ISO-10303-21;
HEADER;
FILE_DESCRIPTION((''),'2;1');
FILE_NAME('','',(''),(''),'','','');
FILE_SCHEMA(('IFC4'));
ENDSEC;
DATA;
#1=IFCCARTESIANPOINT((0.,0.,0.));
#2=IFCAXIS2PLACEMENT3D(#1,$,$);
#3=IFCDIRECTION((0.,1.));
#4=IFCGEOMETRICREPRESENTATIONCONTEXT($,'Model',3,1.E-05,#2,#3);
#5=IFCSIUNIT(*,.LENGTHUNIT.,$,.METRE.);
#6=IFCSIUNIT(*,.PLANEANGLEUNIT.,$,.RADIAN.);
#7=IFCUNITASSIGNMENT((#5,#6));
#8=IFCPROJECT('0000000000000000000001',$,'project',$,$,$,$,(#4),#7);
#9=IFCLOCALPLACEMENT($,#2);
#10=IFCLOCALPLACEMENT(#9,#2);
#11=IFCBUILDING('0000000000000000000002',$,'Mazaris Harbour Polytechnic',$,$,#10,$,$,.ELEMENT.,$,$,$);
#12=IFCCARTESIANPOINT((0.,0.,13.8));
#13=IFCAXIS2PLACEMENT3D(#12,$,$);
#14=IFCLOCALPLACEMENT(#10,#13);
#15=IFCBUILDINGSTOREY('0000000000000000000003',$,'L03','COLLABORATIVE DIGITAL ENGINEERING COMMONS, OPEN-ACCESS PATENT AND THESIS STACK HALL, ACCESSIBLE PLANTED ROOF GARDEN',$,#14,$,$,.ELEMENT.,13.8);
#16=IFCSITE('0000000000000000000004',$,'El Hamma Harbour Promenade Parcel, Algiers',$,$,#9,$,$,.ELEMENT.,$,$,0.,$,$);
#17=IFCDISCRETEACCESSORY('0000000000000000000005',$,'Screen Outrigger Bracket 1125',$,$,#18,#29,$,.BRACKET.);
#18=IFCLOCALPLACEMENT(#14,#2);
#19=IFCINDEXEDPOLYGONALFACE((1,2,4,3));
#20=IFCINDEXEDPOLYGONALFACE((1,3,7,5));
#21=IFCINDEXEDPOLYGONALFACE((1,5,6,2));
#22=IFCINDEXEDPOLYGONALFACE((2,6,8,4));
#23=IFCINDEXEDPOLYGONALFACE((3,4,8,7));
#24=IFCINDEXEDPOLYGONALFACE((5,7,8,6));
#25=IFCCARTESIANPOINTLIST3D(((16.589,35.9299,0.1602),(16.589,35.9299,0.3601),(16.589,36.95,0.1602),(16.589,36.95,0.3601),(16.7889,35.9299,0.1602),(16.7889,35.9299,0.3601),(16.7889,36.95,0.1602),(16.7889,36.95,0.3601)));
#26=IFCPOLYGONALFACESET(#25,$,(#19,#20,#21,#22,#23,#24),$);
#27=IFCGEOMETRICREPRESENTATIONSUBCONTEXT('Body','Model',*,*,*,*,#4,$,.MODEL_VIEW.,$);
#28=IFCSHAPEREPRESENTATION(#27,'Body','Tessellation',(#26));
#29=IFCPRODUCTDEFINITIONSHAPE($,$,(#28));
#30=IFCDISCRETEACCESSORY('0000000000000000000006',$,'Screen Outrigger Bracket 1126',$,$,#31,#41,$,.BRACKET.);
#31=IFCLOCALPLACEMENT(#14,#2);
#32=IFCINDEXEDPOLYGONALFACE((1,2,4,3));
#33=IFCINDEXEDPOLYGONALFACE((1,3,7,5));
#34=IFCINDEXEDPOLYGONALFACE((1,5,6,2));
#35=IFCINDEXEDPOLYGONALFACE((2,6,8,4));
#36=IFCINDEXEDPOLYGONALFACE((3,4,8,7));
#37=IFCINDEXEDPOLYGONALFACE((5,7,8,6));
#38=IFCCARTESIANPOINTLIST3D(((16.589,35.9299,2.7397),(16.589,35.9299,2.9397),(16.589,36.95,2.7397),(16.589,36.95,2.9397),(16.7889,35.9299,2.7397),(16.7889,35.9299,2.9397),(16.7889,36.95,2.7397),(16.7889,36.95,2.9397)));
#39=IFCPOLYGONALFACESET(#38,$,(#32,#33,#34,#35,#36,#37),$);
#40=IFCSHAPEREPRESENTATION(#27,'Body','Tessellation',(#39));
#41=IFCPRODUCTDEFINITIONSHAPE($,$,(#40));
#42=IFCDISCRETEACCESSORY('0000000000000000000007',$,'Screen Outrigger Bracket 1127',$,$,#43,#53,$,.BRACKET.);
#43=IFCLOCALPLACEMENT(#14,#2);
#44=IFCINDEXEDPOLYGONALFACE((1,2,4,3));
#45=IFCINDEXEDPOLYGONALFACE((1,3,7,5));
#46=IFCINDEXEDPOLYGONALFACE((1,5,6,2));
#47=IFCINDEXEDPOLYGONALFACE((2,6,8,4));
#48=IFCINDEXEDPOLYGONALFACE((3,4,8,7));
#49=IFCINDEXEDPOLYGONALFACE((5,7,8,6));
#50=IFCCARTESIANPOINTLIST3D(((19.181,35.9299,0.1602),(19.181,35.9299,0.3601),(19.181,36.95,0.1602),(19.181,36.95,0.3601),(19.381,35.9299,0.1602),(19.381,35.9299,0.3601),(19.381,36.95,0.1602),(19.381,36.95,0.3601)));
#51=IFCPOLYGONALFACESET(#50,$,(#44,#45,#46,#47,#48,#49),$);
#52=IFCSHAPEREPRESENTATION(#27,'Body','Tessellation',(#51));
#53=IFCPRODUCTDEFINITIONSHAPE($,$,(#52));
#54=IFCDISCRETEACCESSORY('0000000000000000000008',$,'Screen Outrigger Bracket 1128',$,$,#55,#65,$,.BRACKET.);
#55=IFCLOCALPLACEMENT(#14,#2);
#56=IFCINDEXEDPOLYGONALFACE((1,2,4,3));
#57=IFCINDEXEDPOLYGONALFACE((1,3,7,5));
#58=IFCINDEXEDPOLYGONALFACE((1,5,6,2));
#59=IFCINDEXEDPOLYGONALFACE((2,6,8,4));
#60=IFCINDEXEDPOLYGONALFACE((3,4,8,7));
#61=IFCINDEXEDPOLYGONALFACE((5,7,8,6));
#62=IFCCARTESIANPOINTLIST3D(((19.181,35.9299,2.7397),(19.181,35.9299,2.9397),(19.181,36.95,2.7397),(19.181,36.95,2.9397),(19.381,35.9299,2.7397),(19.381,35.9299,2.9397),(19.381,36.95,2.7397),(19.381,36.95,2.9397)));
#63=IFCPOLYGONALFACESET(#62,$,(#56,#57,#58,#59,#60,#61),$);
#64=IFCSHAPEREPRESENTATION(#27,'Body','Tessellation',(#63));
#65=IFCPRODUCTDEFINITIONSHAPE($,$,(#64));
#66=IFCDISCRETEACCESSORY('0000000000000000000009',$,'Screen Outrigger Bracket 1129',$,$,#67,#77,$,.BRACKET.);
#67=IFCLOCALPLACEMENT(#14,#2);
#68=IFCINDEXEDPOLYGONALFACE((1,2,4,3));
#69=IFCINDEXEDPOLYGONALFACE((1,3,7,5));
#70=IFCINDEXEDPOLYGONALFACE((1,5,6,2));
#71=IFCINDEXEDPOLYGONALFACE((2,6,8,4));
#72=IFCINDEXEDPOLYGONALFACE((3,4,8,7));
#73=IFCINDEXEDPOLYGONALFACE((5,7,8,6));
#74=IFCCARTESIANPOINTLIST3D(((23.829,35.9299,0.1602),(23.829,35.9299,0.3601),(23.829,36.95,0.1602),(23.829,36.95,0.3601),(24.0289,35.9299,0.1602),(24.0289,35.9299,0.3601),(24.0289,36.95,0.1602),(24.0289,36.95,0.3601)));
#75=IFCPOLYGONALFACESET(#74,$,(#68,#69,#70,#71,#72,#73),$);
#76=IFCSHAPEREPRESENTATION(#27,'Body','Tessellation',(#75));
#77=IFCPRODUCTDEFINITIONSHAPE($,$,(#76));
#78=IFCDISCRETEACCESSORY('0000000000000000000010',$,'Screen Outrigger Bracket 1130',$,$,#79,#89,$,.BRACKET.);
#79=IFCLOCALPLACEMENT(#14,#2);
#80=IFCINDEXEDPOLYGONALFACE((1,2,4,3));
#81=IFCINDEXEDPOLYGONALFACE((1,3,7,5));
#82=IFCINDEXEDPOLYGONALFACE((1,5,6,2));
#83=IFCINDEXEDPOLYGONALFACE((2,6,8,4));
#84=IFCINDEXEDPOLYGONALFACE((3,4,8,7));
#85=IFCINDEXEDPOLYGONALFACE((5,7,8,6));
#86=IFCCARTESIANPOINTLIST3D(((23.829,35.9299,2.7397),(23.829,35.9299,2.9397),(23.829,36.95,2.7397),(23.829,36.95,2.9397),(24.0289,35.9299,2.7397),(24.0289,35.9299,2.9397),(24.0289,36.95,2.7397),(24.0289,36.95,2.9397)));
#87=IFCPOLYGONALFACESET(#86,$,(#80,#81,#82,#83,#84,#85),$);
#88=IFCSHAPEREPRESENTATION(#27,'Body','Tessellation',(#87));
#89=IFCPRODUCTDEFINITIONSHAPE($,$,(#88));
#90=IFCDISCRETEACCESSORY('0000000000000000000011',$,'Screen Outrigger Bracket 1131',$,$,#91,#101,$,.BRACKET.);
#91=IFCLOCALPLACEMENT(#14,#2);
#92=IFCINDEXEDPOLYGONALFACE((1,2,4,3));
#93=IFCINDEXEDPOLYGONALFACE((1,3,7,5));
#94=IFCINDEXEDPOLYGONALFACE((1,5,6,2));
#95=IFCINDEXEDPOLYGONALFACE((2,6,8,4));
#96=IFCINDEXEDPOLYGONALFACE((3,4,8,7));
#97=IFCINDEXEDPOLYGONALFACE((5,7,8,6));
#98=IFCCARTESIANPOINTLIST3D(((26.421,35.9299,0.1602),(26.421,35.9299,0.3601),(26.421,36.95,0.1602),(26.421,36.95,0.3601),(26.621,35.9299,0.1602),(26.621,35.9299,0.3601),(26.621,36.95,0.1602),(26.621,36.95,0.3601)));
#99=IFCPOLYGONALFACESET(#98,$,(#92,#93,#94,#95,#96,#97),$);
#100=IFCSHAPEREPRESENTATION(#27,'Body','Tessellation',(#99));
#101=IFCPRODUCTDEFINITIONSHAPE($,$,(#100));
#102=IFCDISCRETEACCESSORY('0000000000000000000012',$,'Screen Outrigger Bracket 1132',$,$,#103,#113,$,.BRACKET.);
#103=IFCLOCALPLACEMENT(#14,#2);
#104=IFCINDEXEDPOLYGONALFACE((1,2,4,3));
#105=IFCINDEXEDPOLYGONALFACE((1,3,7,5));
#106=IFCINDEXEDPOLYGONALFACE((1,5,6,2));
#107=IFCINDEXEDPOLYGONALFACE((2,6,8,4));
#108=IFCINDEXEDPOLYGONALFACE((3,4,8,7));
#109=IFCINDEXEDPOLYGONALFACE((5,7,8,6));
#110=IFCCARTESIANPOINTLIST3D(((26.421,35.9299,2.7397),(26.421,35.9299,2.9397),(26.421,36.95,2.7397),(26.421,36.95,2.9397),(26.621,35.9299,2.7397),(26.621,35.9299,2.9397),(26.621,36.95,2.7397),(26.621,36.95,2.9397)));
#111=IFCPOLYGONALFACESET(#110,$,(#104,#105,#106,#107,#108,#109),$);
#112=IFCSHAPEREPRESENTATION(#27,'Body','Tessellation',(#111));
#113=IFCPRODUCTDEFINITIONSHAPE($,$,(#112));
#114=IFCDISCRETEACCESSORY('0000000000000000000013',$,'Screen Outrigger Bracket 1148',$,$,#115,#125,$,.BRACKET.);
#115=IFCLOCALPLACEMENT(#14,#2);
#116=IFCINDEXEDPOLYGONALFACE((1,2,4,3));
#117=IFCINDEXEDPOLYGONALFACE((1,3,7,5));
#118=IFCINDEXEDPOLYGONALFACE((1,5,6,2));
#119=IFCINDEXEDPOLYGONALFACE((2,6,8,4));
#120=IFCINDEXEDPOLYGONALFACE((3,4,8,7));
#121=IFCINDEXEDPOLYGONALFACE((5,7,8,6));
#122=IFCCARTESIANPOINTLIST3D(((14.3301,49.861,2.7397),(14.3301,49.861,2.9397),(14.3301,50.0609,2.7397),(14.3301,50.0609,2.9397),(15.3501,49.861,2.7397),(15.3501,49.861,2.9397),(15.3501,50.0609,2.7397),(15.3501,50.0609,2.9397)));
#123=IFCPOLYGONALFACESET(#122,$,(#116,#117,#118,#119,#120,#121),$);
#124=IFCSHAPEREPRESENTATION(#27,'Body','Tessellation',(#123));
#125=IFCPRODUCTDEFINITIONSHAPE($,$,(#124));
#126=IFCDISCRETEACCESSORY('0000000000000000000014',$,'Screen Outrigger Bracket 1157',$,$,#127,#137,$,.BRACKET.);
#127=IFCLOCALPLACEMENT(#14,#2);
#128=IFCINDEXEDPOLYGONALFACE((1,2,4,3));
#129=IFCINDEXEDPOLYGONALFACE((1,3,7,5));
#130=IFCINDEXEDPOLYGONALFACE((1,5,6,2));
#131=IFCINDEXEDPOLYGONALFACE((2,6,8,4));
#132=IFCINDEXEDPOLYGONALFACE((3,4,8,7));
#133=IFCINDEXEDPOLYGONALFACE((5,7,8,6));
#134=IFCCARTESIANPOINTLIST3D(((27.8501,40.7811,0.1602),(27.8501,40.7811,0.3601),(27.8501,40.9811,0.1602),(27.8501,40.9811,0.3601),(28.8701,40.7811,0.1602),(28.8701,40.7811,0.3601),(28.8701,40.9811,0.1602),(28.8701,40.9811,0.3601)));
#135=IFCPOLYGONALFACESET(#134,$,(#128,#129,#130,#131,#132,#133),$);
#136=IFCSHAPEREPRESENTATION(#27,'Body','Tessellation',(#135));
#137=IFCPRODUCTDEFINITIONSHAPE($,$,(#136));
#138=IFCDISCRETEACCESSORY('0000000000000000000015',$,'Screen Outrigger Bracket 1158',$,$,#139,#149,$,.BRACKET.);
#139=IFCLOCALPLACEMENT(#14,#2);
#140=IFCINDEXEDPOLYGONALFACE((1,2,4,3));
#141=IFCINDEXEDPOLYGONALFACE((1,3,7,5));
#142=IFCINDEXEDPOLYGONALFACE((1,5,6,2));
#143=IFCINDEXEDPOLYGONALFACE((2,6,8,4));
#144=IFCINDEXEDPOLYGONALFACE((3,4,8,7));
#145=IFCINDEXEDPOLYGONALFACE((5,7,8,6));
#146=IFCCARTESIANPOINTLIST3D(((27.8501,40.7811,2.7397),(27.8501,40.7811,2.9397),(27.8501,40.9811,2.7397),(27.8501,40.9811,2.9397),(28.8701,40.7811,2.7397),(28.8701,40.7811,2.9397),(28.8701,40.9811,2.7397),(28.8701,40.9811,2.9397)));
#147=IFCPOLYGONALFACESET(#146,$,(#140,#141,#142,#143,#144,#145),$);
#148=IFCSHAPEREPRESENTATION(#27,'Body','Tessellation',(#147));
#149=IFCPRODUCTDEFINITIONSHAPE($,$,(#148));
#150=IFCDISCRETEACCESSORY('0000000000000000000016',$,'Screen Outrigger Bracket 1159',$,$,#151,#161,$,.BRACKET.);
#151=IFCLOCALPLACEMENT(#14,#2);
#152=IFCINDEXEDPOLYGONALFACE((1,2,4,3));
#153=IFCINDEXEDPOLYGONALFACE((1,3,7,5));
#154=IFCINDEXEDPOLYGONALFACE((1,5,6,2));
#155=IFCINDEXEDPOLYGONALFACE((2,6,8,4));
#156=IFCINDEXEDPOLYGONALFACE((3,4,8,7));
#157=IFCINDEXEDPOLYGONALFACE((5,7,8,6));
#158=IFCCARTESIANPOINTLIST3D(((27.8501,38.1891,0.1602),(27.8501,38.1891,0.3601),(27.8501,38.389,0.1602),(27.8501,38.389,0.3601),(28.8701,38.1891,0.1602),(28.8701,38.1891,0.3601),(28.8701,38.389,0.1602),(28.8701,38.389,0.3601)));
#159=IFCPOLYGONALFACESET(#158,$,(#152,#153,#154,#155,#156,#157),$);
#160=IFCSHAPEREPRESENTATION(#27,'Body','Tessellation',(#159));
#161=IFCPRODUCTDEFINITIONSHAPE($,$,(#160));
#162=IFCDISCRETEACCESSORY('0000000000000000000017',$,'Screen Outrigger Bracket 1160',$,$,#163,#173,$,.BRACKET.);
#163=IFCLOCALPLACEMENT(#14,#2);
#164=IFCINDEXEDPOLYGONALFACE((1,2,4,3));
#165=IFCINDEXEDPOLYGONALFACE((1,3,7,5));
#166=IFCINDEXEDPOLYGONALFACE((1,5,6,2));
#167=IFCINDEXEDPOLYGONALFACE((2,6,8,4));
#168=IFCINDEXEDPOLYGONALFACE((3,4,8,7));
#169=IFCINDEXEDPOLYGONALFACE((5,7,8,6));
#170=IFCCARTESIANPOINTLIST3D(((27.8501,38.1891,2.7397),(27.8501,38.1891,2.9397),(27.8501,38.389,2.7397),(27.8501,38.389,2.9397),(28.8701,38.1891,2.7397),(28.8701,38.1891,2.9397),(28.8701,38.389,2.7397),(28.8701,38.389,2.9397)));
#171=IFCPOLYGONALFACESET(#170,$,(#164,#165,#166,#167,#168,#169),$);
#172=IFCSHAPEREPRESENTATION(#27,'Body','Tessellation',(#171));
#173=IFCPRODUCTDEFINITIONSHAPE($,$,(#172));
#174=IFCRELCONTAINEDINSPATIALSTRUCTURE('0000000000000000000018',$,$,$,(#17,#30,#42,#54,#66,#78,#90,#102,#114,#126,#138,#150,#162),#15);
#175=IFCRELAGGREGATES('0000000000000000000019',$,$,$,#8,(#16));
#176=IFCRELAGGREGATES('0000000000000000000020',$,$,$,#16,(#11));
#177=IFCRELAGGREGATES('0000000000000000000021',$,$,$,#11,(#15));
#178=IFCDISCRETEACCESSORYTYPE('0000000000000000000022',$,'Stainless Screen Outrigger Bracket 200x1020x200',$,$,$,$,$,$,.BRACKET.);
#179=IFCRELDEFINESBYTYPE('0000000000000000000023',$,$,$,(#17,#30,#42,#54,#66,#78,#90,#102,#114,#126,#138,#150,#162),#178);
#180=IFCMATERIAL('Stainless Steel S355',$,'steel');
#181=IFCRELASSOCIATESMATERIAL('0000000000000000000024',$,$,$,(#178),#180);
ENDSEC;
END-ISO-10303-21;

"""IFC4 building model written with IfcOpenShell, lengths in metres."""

from ifc_helpers import new_model, si_unit, direction, frame, origin, origin_2d, place, context, subcontext, project, spatial, rectangle, extrude, material, type_object, element, save


model = new_model("IFC4")

# Units and contexts
model_context = context("Model", 3, precision=1e-05, world=origin(), true_north=direction((0.0, 1.0)))
body_context = subcontext(model_context, "Body", "Model", "MODEL_VIEW")
ifc_project = project(units=[si_unit("LENGTHUNIT", "METRE"), si_unit("PLANEANGLEUNIT", "RADIAN")], contexts=[model_context])

# Site, building, storey
site_placement = place(None, origin())
site = spatial("IfcSite", under=ifc_project, at=site_placement, Name="El Hamma Harbour Promenade Parcel, Algiers", CompositionType="ELEMENT", RefElevation=0.0)
building_placement = place(site_placement, origin())
building = spatial("IfcBuilding", under=site, at=building_placement, Name="Mazaris Harbour Polytechnic", CompositionType="ELEMENT")
storey_placement = place(building_placement, frame((0.0, 0.0, 13.8)))
storey = spatial("IfcBuildingStorey", under=building, at=storey_placement, Name="L03", Description="COLLABORATIVE DIGITAL ENGINEERING COMMONS, OPEN-ACCESS PATENT AND THESIS STACK HALL, ACCESSIBLE PLANTED ROOF GARDEN", CompositionType="ELEMENT", Elevation=13.8)

# Discrete accessories
ifc_material_1 = material(Name="Stainless Steel S355", Category="steel")
discrete_accessory_type = type_object("IfcDiscreteAccessoryType", Name="Stainless Screen Outrigger Bracket 200x1020x200", PredefinedType="BRACKET", material=ifc_material_1)
for number, where, z_axis, x_axis, name in (
    (1, (16.689, 36.4399, 0.1602), (0.0, 0.0, 1.0), (1.0, 0.0, 0.0), "Screen Outrigger Bracket 1125"),
    (2, (16.689, 36.4399, 2.7397), (0.0, 0.0, 1.0), (1.0, 0.0, 0.0), "Screen Outrigger Bracket 1126"),
    (3, (19.281, 36.4399, 0.1602), (0.0, 0.0, 1.0), (1.0, 0.0, 0.0), "Screen Outrigger Bracket 1127"),
    (4, (19.281, 36.4399, 2.7397), (0.0, 0.0, 1.0), (1.0, 0.0, 0.0), "Screen Outrigger Bracket 1128"),
    (5, (23.929, 36.4399, 0.1602), (0.0, 0.0, 1.0), (1.0, 0.0, 0.0), "Screen Outrigger Bracket 1129"),
    (6, (23.929, 36.4399, 2.7397), (0.0, 0.0, 1.0), (1.0, 0.0, 0.0), "Screen Outrigger Bracket 1130"),
    (7, (26.521, 36.4399, 0.1602), (0.0, 0.0, 1.0), (1.0, 0.0, 0.0), "Screen Outrigger Bracket 1131"),
    (8, (26.521, 36.4399, 2.7397), (0.0, 0.0, 1.0), (1.0, 0.0, 0.0), "Screen Outrigger Bracket 1132"),
    (9, (14.8401, 49.9609, 2.7397), (0.0, 0.0, 1.0), (0.0, 1.0, 0.0), "Screen Outrigger Bracket 1148"),
    (10, (28.3601, 40.8811, 0.1602), (0.0, 0.0, 1.0), (0.0, -1.0, 0.0), "Screen Outrigger Bracket 1157"),
    (11, (28.3601, 40.8811, 2.7397), (0.0, 0.0, 1.0), (0.0, -1.0, 0.0), "Screen Outrigger Bracket 1158"),
    (12, (28.3601, 38.2891, 0.1602), (0.0, 0.0, 1.0), (0.0, -1.0, 0.0), "Screen Outrigger Bracket 1159"),
    (13, (28.3601, 38.2891, 2.7397), (0.0, 0.0, 1.0), (0.0, -1.0, 0.0), "Screen Outrigger Bracket 1160"),
):
    element("IfcDiscreteAccessory", number, at=place(storey_placement, frame(where, z_axis=z_axis, x_axis=x_axis)), inside=storey, type_object=discrete_accessory_type, Name=name, PredefinedType="BRACKET", context=body_context, shape_type="SweptSolid", body=[
        extrude(rectangle(XDim=0.2, YDim=1.02, at=origin_2d()), origin(), (0.0, 0.0, 1.0), 0.2),
    ])

save(model, "model.ifc")
